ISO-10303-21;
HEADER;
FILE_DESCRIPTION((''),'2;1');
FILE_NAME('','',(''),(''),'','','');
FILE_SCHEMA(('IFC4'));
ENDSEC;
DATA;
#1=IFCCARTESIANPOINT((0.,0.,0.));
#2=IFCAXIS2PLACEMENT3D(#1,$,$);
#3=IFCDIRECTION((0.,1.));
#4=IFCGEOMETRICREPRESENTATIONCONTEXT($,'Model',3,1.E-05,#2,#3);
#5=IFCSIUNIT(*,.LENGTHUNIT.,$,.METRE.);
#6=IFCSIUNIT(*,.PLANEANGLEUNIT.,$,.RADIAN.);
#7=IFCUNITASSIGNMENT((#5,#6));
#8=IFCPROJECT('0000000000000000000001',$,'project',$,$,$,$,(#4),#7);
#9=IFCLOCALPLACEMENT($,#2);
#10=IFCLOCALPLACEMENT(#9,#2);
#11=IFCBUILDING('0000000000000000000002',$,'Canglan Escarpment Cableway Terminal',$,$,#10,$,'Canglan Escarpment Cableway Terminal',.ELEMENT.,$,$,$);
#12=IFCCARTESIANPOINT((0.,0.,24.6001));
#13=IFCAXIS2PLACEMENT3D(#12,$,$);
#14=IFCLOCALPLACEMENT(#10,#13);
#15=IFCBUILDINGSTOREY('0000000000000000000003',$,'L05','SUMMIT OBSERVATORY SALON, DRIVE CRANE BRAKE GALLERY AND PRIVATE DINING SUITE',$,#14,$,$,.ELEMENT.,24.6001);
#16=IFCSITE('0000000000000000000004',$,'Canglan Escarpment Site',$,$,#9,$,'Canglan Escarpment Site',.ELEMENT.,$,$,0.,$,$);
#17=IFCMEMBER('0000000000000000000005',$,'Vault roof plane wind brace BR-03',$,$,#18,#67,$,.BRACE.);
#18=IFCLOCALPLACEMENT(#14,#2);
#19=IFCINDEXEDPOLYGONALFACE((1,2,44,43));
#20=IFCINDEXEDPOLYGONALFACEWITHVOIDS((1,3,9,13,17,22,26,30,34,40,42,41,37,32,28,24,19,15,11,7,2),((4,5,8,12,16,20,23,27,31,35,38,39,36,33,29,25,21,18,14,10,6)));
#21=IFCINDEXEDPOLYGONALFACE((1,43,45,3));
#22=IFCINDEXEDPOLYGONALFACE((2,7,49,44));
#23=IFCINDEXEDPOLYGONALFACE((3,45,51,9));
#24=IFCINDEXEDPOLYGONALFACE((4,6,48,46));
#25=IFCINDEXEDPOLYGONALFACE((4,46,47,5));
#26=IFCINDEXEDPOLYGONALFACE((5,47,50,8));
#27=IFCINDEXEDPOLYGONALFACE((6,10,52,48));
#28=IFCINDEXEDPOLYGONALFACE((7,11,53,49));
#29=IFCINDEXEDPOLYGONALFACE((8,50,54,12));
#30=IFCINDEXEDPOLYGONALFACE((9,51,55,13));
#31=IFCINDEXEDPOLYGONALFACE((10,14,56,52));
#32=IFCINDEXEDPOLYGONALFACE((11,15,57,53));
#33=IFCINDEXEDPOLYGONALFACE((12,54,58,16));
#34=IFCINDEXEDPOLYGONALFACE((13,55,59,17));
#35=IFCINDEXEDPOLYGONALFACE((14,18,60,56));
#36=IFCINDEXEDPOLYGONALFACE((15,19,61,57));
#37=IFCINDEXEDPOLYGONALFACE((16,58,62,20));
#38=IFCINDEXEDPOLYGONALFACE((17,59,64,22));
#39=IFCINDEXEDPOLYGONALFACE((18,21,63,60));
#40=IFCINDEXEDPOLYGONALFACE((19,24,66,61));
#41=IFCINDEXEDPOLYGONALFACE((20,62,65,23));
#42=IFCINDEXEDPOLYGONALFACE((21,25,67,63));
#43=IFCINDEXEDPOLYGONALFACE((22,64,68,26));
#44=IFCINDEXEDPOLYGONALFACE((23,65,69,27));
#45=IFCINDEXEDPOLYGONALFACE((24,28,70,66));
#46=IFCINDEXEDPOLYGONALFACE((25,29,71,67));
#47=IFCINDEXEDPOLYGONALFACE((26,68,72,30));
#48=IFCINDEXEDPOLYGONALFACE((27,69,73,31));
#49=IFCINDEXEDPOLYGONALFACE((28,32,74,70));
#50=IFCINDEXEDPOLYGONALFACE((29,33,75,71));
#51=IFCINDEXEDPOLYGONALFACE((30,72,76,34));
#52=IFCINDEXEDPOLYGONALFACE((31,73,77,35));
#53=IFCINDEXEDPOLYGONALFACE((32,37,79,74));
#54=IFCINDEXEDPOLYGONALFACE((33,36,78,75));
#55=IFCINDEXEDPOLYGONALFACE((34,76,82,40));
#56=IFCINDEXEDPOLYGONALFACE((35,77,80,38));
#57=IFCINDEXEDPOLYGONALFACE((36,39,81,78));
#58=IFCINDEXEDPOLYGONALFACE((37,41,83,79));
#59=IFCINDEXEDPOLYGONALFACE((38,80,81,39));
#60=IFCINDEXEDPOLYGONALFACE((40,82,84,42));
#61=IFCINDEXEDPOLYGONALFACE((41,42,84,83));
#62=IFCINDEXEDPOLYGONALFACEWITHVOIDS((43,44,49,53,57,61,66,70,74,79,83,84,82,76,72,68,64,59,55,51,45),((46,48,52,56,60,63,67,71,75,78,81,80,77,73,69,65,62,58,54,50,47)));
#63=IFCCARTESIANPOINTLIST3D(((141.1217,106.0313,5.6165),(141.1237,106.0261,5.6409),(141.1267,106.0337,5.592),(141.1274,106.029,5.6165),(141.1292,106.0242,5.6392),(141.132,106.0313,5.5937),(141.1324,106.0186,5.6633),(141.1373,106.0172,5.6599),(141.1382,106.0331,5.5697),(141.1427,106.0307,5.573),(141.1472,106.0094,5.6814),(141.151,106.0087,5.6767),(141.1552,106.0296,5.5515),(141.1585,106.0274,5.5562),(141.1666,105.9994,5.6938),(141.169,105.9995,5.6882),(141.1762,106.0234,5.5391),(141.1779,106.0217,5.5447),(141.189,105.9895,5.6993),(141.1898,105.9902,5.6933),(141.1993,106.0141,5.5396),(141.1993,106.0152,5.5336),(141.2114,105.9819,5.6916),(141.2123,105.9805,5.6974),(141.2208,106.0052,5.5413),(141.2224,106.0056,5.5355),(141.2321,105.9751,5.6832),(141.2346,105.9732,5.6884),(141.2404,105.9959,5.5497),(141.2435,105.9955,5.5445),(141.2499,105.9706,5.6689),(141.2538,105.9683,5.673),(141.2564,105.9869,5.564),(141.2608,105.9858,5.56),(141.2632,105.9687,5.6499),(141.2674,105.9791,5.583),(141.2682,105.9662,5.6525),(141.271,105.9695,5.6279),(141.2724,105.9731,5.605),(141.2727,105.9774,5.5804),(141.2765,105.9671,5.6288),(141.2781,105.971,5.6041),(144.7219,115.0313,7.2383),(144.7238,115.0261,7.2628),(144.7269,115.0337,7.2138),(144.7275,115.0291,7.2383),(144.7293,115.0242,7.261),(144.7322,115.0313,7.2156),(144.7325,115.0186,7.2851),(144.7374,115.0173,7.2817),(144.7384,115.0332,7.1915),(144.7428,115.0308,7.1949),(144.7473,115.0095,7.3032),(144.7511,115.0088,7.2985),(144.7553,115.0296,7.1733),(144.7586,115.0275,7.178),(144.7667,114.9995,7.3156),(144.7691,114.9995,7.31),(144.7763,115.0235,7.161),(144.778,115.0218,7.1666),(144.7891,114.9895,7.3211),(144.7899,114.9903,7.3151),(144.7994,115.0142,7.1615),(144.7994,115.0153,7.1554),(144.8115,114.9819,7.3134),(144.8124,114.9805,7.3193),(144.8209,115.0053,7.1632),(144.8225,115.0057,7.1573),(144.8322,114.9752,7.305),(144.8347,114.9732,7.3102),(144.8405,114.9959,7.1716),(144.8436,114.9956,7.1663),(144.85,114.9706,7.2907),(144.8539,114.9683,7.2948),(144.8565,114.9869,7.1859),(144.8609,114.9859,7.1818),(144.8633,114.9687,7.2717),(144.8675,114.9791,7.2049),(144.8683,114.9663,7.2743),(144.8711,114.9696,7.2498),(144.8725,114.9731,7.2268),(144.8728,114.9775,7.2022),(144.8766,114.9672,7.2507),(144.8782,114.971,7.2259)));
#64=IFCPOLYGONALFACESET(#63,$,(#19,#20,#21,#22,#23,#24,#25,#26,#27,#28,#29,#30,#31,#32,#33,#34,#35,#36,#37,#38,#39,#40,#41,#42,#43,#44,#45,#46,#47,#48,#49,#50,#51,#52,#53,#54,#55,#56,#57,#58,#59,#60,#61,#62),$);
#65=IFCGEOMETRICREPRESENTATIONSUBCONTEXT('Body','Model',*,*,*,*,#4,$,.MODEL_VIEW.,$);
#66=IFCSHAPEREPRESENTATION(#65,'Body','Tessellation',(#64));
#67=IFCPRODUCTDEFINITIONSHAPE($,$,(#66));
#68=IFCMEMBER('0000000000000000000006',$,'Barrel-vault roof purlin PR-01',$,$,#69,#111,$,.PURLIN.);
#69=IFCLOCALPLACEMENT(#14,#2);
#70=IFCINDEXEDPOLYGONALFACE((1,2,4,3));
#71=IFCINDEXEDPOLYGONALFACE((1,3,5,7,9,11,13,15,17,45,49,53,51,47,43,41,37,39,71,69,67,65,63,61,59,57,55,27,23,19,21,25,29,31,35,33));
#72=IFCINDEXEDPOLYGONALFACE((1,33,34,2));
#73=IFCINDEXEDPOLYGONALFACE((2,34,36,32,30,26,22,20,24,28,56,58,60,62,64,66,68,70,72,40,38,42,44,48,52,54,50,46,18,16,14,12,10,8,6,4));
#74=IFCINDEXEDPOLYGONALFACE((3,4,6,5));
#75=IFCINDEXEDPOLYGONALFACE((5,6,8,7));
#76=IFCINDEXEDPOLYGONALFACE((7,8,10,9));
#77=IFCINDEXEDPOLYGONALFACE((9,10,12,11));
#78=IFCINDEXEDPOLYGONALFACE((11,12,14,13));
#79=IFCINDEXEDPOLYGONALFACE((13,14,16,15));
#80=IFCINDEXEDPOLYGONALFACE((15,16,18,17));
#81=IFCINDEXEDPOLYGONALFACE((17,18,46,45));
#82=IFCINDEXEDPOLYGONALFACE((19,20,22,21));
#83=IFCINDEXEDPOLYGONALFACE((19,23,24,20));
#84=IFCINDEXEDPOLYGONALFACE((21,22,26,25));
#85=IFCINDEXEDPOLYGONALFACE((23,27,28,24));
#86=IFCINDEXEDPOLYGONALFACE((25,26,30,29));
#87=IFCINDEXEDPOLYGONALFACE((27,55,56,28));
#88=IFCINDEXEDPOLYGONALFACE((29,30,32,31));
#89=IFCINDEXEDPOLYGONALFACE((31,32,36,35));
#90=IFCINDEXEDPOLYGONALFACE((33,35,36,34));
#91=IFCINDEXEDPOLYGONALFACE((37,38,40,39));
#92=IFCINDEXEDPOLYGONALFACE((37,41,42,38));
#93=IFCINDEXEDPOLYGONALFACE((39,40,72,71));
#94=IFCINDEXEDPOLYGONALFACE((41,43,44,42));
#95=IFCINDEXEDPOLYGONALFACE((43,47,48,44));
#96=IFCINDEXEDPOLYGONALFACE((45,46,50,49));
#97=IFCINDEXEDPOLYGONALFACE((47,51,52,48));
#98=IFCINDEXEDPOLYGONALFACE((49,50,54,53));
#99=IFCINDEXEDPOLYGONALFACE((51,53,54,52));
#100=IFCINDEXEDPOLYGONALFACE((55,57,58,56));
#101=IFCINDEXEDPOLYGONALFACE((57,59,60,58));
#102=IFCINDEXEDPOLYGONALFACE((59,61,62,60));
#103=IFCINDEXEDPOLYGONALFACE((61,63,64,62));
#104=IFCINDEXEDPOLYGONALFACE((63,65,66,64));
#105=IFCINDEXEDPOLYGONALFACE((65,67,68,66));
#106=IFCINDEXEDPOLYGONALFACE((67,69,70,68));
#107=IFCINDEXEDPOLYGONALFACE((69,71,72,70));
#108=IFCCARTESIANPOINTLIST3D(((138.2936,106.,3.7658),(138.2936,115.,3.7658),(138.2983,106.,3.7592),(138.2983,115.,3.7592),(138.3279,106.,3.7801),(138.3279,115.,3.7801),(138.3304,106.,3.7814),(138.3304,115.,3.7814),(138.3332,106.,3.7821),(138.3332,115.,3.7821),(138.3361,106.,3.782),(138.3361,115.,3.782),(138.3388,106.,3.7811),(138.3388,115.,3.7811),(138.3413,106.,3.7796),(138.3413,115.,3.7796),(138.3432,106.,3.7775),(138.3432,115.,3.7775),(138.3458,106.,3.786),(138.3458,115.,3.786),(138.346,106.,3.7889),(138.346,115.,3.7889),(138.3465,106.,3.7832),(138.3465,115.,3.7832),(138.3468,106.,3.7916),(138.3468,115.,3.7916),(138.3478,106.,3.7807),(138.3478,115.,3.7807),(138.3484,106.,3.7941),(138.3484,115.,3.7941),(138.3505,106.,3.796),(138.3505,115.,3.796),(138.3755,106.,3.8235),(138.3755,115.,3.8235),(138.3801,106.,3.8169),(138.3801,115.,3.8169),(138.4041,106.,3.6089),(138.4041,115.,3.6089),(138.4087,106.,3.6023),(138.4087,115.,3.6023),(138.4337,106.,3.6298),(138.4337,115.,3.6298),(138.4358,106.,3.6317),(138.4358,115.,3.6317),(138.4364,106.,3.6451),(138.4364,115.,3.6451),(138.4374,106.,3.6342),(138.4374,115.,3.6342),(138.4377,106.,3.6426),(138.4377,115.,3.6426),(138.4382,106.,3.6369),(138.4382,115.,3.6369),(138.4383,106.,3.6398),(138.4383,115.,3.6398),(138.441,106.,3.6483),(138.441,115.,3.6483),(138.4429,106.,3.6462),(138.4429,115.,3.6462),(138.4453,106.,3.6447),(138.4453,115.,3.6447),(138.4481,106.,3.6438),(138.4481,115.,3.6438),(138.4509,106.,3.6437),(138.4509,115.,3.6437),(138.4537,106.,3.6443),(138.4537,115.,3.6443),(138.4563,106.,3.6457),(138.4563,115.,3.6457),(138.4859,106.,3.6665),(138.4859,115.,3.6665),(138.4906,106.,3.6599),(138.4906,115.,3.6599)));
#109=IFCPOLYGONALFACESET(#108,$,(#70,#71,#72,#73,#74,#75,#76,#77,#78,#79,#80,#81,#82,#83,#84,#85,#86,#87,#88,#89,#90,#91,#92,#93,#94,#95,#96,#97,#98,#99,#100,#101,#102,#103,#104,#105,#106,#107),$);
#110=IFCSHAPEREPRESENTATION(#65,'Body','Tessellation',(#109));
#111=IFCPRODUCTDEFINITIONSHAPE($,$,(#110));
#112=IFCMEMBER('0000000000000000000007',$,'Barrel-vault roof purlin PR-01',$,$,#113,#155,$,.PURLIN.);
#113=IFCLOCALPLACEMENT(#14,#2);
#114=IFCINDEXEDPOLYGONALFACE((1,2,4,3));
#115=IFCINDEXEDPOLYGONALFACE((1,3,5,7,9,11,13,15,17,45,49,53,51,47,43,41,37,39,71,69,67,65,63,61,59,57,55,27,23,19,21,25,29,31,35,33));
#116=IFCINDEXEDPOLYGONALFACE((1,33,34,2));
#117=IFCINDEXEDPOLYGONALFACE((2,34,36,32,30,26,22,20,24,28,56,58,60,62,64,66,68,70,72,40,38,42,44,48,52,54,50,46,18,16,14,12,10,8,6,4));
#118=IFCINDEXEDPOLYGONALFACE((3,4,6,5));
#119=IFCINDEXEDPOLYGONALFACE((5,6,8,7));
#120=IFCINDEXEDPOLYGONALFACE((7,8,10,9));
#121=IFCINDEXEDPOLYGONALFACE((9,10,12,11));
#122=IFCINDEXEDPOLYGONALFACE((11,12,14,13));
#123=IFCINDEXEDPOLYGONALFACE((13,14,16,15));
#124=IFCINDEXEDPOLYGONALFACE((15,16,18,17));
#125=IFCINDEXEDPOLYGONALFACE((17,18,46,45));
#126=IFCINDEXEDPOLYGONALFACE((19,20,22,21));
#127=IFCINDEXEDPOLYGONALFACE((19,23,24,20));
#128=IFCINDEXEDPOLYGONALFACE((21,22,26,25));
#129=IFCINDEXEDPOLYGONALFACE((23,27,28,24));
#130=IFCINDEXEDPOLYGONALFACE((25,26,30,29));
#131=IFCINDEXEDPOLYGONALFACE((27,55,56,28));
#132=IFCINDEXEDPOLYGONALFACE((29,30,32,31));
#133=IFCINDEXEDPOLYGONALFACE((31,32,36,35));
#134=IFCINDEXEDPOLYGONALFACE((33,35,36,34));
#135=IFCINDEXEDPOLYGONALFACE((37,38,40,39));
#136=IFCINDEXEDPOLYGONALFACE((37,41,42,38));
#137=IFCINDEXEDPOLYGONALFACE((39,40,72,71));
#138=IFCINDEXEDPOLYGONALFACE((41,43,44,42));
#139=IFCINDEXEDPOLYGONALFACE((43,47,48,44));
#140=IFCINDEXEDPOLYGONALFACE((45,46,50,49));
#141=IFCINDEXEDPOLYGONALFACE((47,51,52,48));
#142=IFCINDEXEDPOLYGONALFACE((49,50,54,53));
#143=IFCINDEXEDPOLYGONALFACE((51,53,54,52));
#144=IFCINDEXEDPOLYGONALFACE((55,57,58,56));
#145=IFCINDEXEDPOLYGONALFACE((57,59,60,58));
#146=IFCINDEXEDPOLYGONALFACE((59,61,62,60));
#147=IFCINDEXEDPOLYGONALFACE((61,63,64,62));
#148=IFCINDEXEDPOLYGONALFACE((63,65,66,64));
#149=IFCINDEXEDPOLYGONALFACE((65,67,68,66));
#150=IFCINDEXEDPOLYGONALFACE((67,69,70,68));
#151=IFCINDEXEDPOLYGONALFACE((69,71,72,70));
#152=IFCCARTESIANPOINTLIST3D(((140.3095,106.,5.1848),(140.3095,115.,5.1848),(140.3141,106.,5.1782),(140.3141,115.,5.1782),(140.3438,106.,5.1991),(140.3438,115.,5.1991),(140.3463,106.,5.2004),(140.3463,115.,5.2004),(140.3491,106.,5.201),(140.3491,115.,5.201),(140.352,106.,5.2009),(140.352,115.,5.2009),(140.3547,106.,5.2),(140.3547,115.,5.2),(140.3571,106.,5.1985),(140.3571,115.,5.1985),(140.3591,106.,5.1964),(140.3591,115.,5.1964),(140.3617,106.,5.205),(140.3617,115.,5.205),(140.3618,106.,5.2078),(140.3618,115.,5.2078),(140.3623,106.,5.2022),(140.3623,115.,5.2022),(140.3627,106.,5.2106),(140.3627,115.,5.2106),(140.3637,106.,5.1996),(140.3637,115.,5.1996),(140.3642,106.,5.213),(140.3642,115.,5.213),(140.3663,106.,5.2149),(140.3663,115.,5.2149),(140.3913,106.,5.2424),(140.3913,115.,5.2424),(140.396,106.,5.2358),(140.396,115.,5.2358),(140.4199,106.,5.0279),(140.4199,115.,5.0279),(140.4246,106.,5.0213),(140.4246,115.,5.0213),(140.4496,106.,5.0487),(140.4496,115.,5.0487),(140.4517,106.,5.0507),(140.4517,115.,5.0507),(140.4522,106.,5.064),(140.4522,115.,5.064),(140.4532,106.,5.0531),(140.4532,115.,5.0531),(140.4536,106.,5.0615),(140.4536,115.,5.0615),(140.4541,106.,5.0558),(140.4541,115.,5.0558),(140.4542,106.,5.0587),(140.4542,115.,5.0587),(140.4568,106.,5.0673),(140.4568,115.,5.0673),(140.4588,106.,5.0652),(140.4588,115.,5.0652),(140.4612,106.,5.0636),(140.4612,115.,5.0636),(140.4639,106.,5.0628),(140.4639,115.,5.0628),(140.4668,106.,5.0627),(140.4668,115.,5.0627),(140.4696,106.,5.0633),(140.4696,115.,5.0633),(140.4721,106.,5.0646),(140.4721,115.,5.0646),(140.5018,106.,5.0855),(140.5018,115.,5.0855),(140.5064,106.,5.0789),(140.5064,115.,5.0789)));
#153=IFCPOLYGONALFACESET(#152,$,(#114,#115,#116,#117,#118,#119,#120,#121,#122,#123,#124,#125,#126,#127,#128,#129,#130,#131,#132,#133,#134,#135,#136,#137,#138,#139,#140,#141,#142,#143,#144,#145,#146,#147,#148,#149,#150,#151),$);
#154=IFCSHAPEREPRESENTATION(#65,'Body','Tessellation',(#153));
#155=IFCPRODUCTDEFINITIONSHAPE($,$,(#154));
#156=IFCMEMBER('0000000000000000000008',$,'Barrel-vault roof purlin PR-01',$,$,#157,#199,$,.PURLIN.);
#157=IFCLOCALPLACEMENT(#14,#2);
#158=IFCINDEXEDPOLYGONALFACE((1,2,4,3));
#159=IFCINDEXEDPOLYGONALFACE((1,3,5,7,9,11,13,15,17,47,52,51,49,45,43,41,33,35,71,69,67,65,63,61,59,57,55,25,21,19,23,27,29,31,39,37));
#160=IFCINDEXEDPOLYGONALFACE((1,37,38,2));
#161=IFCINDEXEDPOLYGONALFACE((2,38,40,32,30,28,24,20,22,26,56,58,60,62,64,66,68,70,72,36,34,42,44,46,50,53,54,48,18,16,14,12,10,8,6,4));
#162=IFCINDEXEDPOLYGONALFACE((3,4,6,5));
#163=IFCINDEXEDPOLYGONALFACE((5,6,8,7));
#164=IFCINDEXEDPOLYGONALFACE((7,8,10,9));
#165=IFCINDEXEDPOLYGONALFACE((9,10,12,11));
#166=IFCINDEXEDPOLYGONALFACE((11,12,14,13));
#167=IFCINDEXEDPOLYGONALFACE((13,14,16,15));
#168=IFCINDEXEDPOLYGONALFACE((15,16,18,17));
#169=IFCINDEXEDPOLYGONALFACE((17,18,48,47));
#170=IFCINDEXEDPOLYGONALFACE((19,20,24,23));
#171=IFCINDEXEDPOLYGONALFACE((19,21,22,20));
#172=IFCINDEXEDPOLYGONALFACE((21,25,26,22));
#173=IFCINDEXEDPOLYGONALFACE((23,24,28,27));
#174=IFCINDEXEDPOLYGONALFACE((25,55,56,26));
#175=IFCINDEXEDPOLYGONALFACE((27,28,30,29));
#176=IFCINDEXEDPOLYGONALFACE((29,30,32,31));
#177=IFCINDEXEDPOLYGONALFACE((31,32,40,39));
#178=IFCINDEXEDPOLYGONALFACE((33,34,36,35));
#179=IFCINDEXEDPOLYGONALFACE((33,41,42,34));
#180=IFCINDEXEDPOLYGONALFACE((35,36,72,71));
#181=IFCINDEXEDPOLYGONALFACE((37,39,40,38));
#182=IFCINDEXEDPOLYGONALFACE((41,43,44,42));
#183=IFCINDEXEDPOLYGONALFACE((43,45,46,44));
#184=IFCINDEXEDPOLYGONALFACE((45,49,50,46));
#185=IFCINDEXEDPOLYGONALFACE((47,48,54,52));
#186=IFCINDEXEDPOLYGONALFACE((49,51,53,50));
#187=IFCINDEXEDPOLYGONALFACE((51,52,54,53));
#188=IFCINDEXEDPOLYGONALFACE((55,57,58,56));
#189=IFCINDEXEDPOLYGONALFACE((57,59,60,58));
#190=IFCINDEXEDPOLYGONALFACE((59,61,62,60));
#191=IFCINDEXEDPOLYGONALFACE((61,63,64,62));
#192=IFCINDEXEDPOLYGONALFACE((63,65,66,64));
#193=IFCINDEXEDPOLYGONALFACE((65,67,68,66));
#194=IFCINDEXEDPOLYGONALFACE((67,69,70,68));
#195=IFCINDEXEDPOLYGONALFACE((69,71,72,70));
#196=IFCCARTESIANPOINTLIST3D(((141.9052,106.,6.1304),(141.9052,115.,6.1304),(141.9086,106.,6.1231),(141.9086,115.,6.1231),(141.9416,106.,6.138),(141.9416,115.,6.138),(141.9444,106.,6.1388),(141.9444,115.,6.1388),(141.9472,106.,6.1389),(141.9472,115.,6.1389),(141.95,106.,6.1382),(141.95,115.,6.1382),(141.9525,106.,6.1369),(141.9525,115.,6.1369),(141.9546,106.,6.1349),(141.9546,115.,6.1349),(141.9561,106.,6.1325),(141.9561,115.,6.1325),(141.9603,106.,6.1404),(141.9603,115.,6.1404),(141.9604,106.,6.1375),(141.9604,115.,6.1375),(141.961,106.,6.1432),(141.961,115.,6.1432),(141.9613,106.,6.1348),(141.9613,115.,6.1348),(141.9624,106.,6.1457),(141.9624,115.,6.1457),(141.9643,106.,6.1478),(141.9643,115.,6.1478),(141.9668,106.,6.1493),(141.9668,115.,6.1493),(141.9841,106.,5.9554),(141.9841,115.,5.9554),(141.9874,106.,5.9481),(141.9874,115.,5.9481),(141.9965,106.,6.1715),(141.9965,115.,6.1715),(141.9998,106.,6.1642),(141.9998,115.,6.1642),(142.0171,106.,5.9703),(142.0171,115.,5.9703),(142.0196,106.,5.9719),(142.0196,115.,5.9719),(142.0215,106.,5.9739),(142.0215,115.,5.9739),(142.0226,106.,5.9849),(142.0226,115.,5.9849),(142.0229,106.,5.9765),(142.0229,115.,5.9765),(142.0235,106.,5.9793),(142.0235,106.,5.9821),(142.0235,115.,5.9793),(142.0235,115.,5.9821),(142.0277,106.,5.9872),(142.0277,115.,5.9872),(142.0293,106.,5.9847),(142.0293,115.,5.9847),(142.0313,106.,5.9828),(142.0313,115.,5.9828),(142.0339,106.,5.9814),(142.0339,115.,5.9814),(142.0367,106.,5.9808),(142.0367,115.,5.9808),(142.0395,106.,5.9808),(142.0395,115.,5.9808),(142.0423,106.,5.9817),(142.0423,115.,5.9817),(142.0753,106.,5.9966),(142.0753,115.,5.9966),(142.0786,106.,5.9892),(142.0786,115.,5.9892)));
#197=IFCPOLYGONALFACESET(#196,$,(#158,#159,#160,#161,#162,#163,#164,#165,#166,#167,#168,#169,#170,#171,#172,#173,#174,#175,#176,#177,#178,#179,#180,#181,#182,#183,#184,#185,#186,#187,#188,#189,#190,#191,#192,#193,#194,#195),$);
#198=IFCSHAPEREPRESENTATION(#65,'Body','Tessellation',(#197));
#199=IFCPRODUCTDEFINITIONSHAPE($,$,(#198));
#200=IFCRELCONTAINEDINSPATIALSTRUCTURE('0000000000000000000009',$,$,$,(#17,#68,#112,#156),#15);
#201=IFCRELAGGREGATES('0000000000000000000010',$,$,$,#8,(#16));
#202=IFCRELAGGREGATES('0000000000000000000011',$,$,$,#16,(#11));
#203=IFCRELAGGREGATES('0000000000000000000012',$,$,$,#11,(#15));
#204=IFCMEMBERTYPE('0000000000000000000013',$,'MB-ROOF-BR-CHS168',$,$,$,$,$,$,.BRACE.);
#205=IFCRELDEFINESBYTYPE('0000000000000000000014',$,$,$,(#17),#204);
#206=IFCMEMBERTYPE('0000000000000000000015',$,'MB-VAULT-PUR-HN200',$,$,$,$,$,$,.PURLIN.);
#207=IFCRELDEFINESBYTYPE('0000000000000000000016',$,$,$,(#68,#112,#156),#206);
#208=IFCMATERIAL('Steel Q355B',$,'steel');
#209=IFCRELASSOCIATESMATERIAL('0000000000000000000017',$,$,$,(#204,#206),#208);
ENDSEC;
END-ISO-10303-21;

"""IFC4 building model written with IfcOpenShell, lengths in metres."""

from ifc_helpers import new_model, si_unit, direction, frame, origin, origin_2d, place, context, subcontext, project, spatial, hollow_circle, i_section, extrude, material, material_profile, profile_set, type_object, element, save


model = new_model("IFC4")

# Units and contexts
model_context = context("Model", 3, precision=1e-05, world=origin(), true_north=direction((0.0, 1.0)))
body_context = subcontext(model_context, "Body", "Model", "MODEL_VIEW")
ifc_project = project(units=[si_unit("LENGTHUNIT", "METRE"), si_unit("PLANEANGLEUNIT", "RADIAN")], contexts=[model_context])

# Site, building, storey
site_placement = place(None, origin())
site = spatial("IfcSite", under=ifc_project, at=site_placement, Name="Canglan Escarpment Site", LongName="Canglan Escarpment Site", CompositionType="ELEMENT", RefElevation=0.0)
building_placement = place(site_placement, origin())
building = spatial("IfcBuilding", under=site, at=building_placement, Name="Canglan Escarpment Cableway Terminal", LongName="Canglan Escarpment Cableway Terminal", CompositionType="ELEMENT")
storey_placement = place(building_placement, frame((0.0, 0.0, 24.6001)))
storey = spatial("IfcBuildingStorey", under=building, at=storey_placement, Name="L05", Description="SUMMIT OBSERVATORY SALON, DRIVE CRANE BRAKE GALLERY AND PRIVATE DINING SUITE", CompositionType="ELEMENT", Elevation=24.6001)

# Shared definitions
ifc_material_1 = material(Name="Steel Q355B", Category="steel")

# Members
ifc_material_profile_1 = material_profile(ifc_material_1, hollow_circle(Radius=0.0842, WallThickness=0.0061, at=origin_2d()), Name="CHS 168.3x6")
ifc_profile_set_1 = profile_set([ifc_material_profile_1], Name="Steel Q355B")
member_type_1 = type_object("IfcMemberType", Name="MB-ROOF-BR-CHS168", PredefinedType="BRACE", material=ifc_profile_set_1)
member_1_placement = place(storey_placement, frame((141.2, 106.0, 5.6165), z_axis=(0.366308, 0.915744, 0.16502), x_axis=(-0.928473, 0.371399, 0.0)))
element("IfcMember", 1, at=member_1_placement, inside=storey, type_object=member_type_1, Name="Vault roof plane wind brace BR-03", PredefinedType="BRACE", context=body_context, shape_type="SweptSolid", body=[
    extrude(hollow_circle(Radius=0.0842, WallThickness=0.0061, at=origin_2d()), origin(), (0.0, 0.0, 1.0), 9.8281),
])
ifc_material_profile_2 = material_profile(ifc_material_1, i_section(OverallWidth=0.1001, OverallDepth=0.2, WebThickness=0.0056, FlangeThickness=0.0081, FilletRadius=0.011, at=origin_2d()), Name="HN 200x100x5.5x8")
ifc_profile_set_2 = profile_set([ifc_material_profile_2], Name="Steel Q355B")
member_type_2 = type_object("IfcMemberType", Name="MB-VAULT-PUR-HN200", PredefinedType="PURLIN", material=ifc_profile_set_2)
for number, where, z_axis, x_axis, name in (
    (2, (138.3921, 106.0, 3.7129), (0.0, 1.0, 0.0), (-0.817728, 0.0, -0.575605), "Barrel-vault roof purlin PR-01"),
    (3, (140.408, 106.0, 5.1318), (0.0, 1.0, 0.0), (-0.817728, 0.0, -0.575605), "Barrel-vault roof purlin PR-01"),
    (4, (141.9919, 106.0, 6.0598), (0.0, 1.0, 0.0), (-0.911741, 0.0, -0.410767), "Barrel-vault roof purlin PR-01"),
):
    element("IfcMember", number, at=place(storey_placement, frame(where, z_axis=z_axis, x_axis=x_axis)), inside=storey, type_object=member_type_2, Name=name, PredefinedType="PURLIN", context=body_context, shape_type="SweptSolid", body=[
        extrude(i_section(OverallWidth=0.1001, OverallDepth=0.2, WebThickness=0.0056, FlangeThickness=0.0081, FilletRadius=0.011, at=origin_2d()), origin(), (0.0, 0.0, 1.0), 9.0),
    ])

save(model, "model.ifc")
